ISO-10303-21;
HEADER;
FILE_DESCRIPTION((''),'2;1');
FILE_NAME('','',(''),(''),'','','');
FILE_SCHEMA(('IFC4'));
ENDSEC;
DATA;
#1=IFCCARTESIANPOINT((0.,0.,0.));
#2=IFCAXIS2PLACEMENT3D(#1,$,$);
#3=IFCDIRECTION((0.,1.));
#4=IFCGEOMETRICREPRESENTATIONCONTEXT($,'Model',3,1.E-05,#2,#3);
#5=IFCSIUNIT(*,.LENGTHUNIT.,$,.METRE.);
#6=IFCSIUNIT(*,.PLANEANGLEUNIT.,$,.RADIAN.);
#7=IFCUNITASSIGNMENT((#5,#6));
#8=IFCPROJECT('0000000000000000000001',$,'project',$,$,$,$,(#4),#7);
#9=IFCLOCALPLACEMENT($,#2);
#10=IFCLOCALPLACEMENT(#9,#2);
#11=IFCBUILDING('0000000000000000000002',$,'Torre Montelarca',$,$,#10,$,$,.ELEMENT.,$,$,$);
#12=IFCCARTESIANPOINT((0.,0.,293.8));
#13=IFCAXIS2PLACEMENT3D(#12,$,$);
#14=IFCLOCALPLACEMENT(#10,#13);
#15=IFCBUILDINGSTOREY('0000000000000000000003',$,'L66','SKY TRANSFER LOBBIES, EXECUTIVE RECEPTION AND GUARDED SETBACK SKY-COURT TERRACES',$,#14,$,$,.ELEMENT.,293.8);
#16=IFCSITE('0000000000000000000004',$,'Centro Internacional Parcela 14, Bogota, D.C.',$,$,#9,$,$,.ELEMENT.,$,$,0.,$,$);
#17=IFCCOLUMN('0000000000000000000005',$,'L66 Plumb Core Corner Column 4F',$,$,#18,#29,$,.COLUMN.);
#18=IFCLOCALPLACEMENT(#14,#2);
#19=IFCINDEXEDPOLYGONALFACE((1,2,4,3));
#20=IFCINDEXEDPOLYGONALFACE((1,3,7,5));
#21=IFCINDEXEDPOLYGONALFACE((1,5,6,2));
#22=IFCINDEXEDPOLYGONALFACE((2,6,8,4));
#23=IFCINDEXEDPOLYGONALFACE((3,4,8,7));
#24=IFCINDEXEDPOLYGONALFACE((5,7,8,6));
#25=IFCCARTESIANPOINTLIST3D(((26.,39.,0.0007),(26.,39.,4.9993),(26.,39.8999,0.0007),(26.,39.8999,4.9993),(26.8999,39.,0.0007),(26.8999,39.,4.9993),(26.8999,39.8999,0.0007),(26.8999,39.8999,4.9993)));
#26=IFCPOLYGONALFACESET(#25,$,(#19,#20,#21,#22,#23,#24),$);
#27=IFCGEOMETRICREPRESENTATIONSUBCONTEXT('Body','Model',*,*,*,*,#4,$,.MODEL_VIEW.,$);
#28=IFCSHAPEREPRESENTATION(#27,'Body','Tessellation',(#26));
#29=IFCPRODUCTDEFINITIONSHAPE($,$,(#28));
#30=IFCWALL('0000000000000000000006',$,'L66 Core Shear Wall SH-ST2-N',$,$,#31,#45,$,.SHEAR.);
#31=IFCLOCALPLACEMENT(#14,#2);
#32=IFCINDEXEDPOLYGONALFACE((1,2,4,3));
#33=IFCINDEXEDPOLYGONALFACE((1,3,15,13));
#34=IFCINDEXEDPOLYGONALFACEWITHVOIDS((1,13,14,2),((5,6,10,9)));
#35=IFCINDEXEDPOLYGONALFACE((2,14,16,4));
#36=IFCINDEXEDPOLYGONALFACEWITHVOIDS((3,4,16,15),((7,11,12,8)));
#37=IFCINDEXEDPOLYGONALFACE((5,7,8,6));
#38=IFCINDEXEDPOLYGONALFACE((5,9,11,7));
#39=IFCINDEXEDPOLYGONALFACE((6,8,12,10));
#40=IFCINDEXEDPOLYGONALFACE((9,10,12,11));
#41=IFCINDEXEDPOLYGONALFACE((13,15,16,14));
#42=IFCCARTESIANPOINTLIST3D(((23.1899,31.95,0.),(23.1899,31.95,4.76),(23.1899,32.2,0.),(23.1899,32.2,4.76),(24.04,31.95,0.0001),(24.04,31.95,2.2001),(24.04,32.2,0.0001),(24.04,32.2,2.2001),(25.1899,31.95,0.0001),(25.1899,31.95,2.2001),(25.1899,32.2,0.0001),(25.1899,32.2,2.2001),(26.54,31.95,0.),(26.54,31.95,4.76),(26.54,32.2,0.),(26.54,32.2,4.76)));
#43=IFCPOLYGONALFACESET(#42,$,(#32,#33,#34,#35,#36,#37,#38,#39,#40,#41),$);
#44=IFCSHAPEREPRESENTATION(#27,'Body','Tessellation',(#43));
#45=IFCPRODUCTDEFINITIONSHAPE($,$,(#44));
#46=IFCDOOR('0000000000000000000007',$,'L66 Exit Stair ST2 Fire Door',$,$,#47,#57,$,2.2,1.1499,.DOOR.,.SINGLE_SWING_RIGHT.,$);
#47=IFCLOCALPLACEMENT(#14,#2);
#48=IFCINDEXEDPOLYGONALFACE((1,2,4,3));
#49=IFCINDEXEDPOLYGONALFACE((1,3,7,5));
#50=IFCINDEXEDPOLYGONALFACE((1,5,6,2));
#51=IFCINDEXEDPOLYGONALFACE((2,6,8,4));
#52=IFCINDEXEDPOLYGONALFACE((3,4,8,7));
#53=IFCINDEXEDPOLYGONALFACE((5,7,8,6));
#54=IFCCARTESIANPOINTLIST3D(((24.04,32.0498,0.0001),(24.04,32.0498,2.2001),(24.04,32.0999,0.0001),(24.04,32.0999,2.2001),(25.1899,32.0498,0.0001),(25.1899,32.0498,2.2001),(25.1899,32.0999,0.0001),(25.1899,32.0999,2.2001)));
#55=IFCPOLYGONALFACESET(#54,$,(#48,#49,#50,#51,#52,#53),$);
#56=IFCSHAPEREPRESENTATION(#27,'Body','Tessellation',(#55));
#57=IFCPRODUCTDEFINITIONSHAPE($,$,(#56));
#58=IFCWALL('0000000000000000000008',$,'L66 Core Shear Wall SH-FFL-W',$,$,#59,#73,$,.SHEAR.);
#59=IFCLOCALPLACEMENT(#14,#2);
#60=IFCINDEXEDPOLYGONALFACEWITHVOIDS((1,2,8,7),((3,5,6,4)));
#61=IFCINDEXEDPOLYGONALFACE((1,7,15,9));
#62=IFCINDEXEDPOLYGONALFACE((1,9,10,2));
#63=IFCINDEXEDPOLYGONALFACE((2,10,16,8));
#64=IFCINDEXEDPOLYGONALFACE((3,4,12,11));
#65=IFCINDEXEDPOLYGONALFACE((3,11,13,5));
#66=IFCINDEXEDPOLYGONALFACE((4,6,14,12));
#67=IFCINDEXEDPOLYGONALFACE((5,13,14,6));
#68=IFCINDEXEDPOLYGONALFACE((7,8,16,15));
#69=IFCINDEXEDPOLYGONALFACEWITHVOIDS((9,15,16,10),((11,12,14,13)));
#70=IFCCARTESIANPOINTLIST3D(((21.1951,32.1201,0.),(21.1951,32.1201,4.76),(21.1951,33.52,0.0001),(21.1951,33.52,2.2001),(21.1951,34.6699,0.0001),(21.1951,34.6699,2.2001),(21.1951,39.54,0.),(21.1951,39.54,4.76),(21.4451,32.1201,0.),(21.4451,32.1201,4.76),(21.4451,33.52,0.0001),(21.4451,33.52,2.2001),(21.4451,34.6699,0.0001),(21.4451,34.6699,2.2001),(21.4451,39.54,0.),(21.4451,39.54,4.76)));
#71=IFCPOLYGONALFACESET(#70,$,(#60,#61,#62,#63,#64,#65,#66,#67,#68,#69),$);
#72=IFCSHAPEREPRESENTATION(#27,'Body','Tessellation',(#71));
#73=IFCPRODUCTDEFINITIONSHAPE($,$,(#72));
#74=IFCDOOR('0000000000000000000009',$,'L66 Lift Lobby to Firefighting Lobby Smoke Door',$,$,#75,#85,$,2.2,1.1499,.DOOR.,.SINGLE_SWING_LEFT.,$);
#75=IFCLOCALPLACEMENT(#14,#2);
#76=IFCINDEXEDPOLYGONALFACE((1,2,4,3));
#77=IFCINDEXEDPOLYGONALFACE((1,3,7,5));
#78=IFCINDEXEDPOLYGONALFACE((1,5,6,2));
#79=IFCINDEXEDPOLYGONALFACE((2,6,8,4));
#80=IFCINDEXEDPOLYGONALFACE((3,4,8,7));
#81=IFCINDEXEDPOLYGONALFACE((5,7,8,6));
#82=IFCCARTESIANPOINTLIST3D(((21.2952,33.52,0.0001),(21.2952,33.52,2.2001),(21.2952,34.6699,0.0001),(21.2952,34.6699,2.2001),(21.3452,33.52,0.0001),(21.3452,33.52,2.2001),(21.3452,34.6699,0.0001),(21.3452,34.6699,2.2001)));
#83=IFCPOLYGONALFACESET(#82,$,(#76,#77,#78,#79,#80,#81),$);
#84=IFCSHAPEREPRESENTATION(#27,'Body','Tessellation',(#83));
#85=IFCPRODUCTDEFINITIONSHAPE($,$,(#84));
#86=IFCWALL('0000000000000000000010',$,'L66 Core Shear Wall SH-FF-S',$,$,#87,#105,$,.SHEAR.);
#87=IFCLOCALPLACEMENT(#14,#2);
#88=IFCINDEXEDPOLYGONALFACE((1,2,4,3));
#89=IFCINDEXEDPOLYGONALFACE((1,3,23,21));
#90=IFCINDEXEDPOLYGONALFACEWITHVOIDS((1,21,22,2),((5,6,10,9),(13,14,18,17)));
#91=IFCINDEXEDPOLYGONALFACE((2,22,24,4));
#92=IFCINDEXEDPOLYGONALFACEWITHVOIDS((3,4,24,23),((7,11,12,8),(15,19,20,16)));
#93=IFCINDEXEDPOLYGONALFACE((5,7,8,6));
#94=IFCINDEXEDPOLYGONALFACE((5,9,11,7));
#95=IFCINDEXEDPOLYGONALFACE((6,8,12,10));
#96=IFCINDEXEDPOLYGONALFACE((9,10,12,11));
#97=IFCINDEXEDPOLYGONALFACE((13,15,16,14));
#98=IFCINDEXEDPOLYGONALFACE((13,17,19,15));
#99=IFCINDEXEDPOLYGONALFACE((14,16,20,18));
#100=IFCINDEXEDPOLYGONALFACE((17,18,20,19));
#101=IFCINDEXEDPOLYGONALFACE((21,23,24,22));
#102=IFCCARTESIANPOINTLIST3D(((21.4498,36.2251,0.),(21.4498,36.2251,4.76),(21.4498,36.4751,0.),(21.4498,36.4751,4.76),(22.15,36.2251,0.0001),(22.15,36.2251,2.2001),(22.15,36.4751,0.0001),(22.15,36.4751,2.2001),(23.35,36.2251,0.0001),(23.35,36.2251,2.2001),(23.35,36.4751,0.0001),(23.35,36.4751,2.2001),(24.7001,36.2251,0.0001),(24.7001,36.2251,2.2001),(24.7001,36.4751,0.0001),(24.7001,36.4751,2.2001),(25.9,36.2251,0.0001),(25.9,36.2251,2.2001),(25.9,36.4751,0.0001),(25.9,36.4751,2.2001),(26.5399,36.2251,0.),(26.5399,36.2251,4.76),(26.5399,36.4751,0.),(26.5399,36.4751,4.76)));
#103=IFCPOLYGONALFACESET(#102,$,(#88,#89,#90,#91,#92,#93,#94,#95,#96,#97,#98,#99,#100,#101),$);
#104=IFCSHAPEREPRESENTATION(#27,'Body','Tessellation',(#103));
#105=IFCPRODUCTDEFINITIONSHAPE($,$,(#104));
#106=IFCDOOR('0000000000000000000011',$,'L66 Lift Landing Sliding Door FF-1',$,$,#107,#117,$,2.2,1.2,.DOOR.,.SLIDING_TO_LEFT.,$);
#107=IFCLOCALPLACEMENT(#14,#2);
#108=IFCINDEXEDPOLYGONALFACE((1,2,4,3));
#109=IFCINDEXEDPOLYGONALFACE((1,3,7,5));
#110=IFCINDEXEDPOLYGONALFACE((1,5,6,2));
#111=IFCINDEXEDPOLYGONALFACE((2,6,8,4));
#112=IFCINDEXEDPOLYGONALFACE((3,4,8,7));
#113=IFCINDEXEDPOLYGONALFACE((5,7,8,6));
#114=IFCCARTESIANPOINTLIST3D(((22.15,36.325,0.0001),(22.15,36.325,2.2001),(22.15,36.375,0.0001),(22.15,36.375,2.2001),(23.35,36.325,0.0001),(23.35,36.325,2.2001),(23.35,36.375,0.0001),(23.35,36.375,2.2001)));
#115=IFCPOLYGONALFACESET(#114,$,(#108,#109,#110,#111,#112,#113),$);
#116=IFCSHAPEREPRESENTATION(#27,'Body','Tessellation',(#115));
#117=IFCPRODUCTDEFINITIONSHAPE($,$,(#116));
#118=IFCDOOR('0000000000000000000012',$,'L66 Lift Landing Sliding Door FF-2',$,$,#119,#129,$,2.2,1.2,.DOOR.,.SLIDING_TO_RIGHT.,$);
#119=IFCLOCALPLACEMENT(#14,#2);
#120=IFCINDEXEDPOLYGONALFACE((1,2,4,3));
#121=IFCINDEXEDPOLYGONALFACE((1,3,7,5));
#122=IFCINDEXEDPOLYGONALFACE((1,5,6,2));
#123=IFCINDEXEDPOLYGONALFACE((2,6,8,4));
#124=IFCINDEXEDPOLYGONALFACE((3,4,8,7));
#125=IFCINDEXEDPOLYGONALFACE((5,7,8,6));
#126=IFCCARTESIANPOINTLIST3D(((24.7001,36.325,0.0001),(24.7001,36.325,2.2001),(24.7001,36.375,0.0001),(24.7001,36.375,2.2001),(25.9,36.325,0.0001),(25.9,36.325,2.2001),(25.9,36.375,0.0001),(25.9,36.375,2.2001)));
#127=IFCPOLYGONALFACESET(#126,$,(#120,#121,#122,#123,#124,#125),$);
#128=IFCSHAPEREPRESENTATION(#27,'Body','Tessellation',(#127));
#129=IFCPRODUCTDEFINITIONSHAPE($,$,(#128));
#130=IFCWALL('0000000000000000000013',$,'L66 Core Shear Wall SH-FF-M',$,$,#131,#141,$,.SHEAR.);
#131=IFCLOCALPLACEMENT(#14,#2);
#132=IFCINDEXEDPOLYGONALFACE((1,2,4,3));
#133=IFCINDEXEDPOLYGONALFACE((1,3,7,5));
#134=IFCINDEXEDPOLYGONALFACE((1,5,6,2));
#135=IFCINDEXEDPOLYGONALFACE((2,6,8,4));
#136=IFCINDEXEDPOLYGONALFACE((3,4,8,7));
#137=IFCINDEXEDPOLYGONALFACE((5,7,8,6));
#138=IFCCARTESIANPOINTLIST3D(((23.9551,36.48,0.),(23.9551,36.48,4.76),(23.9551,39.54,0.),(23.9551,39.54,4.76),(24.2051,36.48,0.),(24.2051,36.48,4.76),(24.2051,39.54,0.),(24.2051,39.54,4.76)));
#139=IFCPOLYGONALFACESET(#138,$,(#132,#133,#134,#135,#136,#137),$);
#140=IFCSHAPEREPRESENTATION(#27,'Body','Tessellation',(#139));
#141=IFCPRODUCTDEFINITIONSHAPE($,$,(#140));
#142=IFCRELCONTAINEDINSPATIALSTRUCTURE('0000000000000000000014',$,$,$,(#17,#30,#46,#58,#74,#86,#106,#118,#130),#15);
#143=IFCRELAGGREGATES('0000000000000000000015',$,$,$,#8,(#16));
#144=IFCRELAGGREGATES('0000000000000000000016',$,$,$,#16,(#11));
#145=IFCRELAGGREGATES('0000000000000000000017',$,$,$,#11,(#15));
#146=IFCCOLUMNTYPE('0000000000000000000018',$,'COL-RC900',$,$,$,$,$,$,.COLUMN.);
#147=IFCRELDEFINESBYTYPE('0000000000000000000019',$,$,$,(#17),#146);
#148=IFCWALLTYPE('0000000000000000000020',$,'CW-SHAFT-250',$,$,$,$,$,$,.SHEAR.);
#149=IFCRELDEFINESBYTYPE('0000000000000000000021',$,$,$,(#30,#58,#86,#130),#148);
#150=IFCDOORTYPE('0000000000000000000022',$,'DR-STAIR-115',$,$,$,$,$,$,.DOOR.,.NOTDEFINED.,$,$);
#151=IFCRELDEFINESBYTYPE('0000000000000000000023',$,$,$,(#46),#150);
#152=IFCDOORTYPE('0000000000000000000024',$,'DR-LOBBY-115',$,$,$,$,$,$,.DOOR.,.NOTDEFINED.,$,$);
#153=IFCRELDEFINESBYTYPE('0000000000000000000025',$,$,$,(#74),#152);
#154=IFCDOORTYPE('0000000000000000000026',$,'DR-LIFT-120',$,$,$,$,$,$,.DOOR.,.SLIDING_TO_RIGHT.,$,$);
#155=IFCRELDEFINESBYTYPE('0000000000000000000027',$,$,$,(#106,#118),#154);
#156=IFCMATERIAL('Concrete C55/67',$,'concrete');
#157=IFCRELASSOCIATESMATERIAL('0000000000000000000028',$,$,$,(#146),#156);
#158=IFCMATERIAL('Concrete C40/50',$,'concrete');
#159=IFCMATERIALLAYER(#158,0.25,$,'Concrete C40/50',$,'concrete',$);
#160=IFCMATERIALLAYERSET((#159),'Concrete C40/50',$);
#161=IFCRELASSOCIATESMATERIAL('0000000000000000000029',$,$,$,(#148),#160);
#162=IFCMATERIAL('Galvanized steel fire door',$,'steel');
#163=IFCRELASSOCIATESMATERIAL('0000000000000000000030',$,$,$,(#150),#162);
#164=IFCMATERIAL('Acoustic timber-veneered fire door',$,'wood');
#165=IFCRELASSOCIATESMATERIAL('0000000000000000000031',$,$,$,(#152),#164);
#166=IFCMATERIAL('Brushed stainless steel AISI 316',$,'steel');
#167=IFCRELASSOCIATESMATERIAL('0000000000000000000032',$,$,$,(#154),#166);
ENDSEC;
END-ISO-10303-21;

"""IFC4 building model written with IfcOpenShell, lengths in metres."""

from ifc_helpers import new_model, si_unit, direction, frame, frame_2d, origin, origin_2d, place, context, subcontext, project, spatial, rectangle, extrude, source, transform, mapped, material, layer, layer_set, material_profile, profile_set, type_object, element, fill, save


model = new_model("IFC4")

# Units and contexts
model_context = context("Model", 3, precision=1e-05, world=origin(), true_north=direction((0.0, 1.0)))
body_context = subcontext(model_context, "Body", "Model", "MODEL_VIEW")
ifc_project = project(units=[si_unit("LENGTHUNIT", "METRE"), si_unit("PLANEANGLEUNIT", "RADIAN")], contexts=[model_context])

# Site, building, storey
site_placement = place(None, origin())
site = spatial("IfcSite", under=ifc_project, at=site_placement, Name="Centro Internacional Parcela 14, Bogota, D.C.", CompositionType="ELEMENT", RefElevation=0.0)
building_placement = place(site_placement, origin())
building = spatial("IfcBuilding", under=site, at=building_placement, Name="Torre Montelarca", CompositionType="ELEMENT")
storey_placement = place(building_placement, frame((0.0, 0.0, 293.8)))
storey = spatial("IfcBuildingStorey", under=building, at=storey_placement, Name="L66", Description="SKY TRANSFER LOBBIES, EXECUTIVE RECEPTION AND GUARDED SETBACK SKY-COURT TERRACES", CompositionType="ELEMENT", Elevation=293.8)

# Column
ifc_material_1 = material(Name="Concrete C55/67", Category="concrete")
ifc_material_profile = material_profile(ifc_material_1, rectangle(XDim=0.8999, YDim=0.8999, at=origin_2d()), Name="RC900X900", Category="concrete")
ifc_profile_set = profile_set([ifc_material_profile], Name="Concrete C55/67")
column_type = type_object("IfcColumnType", Name="COL-RC900", PredefinedType="COLUMN", material=ifc_profile_set)
shared_shape_1 = source(origin(), body_context, "Body", "SweptSolid", [
    extrude(rectangle(XDim=0.8999, YDim=0.8999, at=origin_2d()), origin(), (0.0, 0.0, 1.0), 4.9985),
])
column_placement = place(storey_placement, frame((26.45, 39.45, 0.0007), z_axis=(0.0, 0.0, 1.0), x_axis=(1.0, 0.0, 0.0)))
element("IfcColumn", 1, at=column_placement, inside=storey, type_object=column_type, Name="L66 Plumb Core Corner Column 4F", PredefinedType="COLUMN", context=body_context, shape_type="MappedRepresentation", body=[
    mapped(shared_shape_1, transform((0.0, 0.0, 0.0), scale=1.0)),
])

# Walls, openings, doors
ifc_material_2 = material(Name="Concrete C40/50", Category="concrete")
ifc_layer_1 = layer(ifc_material_2, 0.25, Name="Concrete C40/50", Category="concrete")
ifc_layer_set_1 = layer_set([ifc_layer_1], Name="Concrete C40/50")
wall_type_1 = type_object("IfcWallType", Name="CW-SHAFT-250", PredefinedType="SHEAR", material=ifc_layer_set_1)
wall_1_placement = place(storey_placement, frame((23.1899, 32.075, 0.0), z_axis=(0.0, 0.0, 1.0), x_axis=(1.0, 0.0, 0.0)))
wall_1 = element("IfcWall", 2, at=wall_1_placement, inside=storey, type_object=wall_type_1, Name="L66 Core Shear Wall SH-ST2-N", PredefinedType="SHEAR", context=body_context, shape_type="SweptSolid", body=[
    extrude(rectangle(XDim=3.3501, YDim=0.25, at=frame_2d((1.675, 0.0))), origin(), (0.0, 0.0, 1.0), 4.76),
])
opening_1_placement = place(wall_1_placement, frame((0.8501, 0.0, 0.0)))
opening_1 = element("IfcOpeningElement", 3, at=opening_1_placement, cuts=wall_1, PredefinedType="OPENING", context=body_context, shape_type="SweptSolid", body=[
    extrude(rectangle(XDim=1.1499, YDim=2.2, at=frame_2d((0.575, 1.1001))), frame((0.0, 0.135, 0.0), z_axis=(0.0, -1.0, 0.0), x_axis=(1.0, 0.0, 0.0)), (0.0, 0.0, 1.0), 0.27),
])
ifc_material_3 = material(Name="Galvanized steel fire door", Category="steel")
door_type_1 = type_object("IfcDoorType", Name="DR-STAIR-115", OperationType="NOTDEFINED", PredefinedType="DOOR", material=ifc_material_3)
shared_shape_2 = source(origin(), body_context, "Body", "SweptSolid", [
    extrude(rectangle(XDim=1.1499, YDim=2.2, at=frame_2d((0.575, 1.1001))), frame((0.0, 0.0249, 0.0), z_axis=(0.0, -1.0, 0.0), x_axis=(1.0, 0.0, 0.0)), (0.0, 0.0, 1.0), 0.05),
])
door_1_placement = place(opening_1_placement, origin())
door_1 = element("IfcDoor", 4, at=door_1_placement, inside=storey, type_object=door_type_1, Name="L66 Exit Stair ST2 Fire Door", OperationType="SINGLE_SWING_RIGHT", OverallHeight=2.2, OverallWidth=1.1499, PredefinedType="DOOR", context=body_context, shape_type="MappedRepresentation", body=[
    mapped(shared_shape_2, transform((0.0, 0.0, 0.0), scale=1.0)),
])
fill(opening_1, door_1)
wall_2_placement = place(storey_placement, frame((21.3201, 32.1201, 0.0), z_axis=(0.0, 0.0, 1.0), x_axis=(0.0, 1.0, 0.0)))
wall_2 = element("IfcWall", 5, at=wall_2_placement, inside=storey, type_object=wall_type_1, Name="L66 Core Shear Wall SH-FFL-W", PredefinedType="SHEAR", context=body_context, shape_type="SweptSolid", body=[
    extrude(rectangle(XDim=7.4199, YDim=0.25, at=frame_2d((3.71, 0.0))), origin(), (0.0, 0.0, 1.0), 4.76),
])
opening_2_placement = place(wall_2_placement, frame((1.3999, 0.0, 0.0)))
opening_2 = element("IfcOpeningElement", 6, at=opening_2_placement, cuts=wall_2, PredefinedType="OPENING", context=body_context, shape_type="SweptSolid", body=[
    extrude(rectangle(XDim=1.1499, YDim=2.2, at=frame_2d((0.575, 1.1001))), frame((0.0, 0.135, 0.0), z_axis=(0.0, -1.0, 0.0), x_axis=(1.0, 0.0, 0.0)), (0.0, 0.0, 1.0), 0.27),
])
ifc_material_4 = material(Name="Acoustic timber-veneered fire door", Category="wood")
door_type_2 = type_object("IfcDoorType", Name="DR-LOBBY-115", OperationType="NOTDEFINED", PredefinedType="DOOR", material=ifc_material_4)
shared_shape_3 = source(origin(), body_context, "Body", "SweptSolid", [
    extrude(rectangle(XDim=1.1499, YDim=2.2, at=frame_2d((0.575, 1.1001))), frame((0.0, 0.0249, 0.0), z_axis=(0.0, -1.0, 0.0), x_axis=(1.0, 0.0, 0.0)), (0.0, 0.0, 1.0), 0.05),
])
door_2_placement = place(opening_2_placement, origin())
door_2 = element("IfcDoor", 7, at=door_2_placement, inside=storey, type_object=door_type_2, Name="L66 Lift Lobby to Firefighting Lobby Smoke Door", OperationType="SINGLE_SWING_LEFT", OverallHeight=2.2, OverallWidth=1.1499, PredefinedType="DOOR", context=body_context, shape_type="MappedRepresentation", body=[
    mapped(shared_shape_3, transform((0.0, 0.0, 0.0), scale=1.0)),
])
fill(opening_2, door_2)

# Wall, openings, doors
wall_3_placement = place(storey_placement, frame((21.45, 36.3501, 0.0), z_axis=(0.0, 0.0, 1.0), x_axis=(1.0, 0.0, 0.0)))
wall_3 = element("IfcWall", 8, at=wall_3_placement, inside=storey, type_object=wall_type_1, Name="L66 Core Shear Wall SH-FF-S", PredefinedType="SHEAR", context=body_context, shape_type="SweptSolid", body=[
    extrude(rectangle(XDim=5.0901, YDim=0.25, at=frame_2d((2.5449, 0.0))), origin(), (0.0, 0.0, 1.0), 4.76),
])
opening_3_placement = place(wall_3_placement, frame((0.7, 0.0, 0.0)))
opening_3 = element("IfcOpeningElement", 9, at=opening_3_placement, cuts=wall_3, PredefinedType="OPENING", context=body_context, shape_type="SweptSolid", body=[
    extrude(rectangle(XDim=1.2, YDim=2.2, at=frame_2d((0.6001, 1.1001))), frame((0.0, 0.135, 0.0), z_axis=(0.0, -1.0, 0.0), x_axis=(1.0, 0.0, 0.0)), (0.0, 0.0, 1.0), 0.27),
])
opening_4_placement = place(wall_3_placement, frame((3.25, 0.0, 0.0)))
opening_4 = element("IfcOpeningElement", 10, at=opening_4_placement, cuts=wall_3, PredefinedType="OPENING", context=body_context, shape_type="SweptSolid", body=[
    extrude(rectangle(XDim=1.2, YDim=2.2, at=frame_2d((0.6001, 1.1001))), frame((0.0, 0.135, 0.0), z_axis=(0.0, -1.0, 0.0), x_axis=(1.0, 0.0, 0.0)), (0.0, 0.0, 1.0), 0.27),
])
ifc_material_5 = material(Name="Brushed stainless steel AISI 316", Category="steel")
door_type_3 = type_object("IfcDoorType", Name="DR-LIFT-120", OperationType="SLIDING_TO_RIGHT", PredefinedType="DOOR", material=ifc_material_5)
shared_shape_4 = source(origin(), body_context, "Body", "SweptSolid", [
    extrude(rectangle(XDim=1.2, YDim=2.2, at=frame_2d((0.6001, 1.1001))), frame((0.0, 0.0249, 0.0), z_axis=(0.0, -1.0, 0.0), x_axis=(1.0, 0.0, 0.0)), (0.0, 0.0, 1.0), 0.05),
])
door_3_placement = place(opening_3_placement, origin())
door_3 = element("IfcDoor", 11, at=door_3_placement, inside=storey, type_object=door_type_3, Name="L66 Lift Landing Sliding Door FF-1", OperationType="SLIDING_TO_LEFT", OverallHeight=2.2, OverallWidth=1.2, PredefinedType="DOOR", context=body_context, shape_type="MappedRepresentation", body=[
    mapped(shared_shape_4, transform((0.0, 0.0, 0.0), scale=1.0)),
])
fill(opening_3, door_3)
door_4_placement = place(opening_4_placement, origin())
door_4 = element("IfcDoor", 12, at=door_4_placement, inside=storey, type_object=door_type_3, Name="L66 Lift Landing Sliding Door FF-2", OperationType="SLIDING_TO_RIGHT", OverallHeight=2.2, OverallWidth=1.2, PredefinedType="DOOR", context=body_context, shape_type="MappedRepresentation", body=[
    mapped(shared_shape_4, transform((0.0, 0.0, 0.0), scale=1.0)),
])
fill(opening_4, door_4)

# Wall
wall_4_placement = place(storey_placement, frame((24.0801, 36.48, 0.0), z_axis=(0.0, 0.0, 1.0), x_axis=(0.0, 1.0, 0.0)))
element("IfcWall", 13, at=wall_4_placement, inside=storey, type_object=wall_type_1, Name="L66 Core Shear Wall SH-FF-M", PredefinedType="SHEAR", context=body_context, shape_type="SweptSolid", body=[
    extrude(rectangle(XDim=3.0601, YDim=0.25, at=frame_2d((1.53, 0.0))), origin(), (0.0, 0.0, 1.0), 4.76),
])

save(model, "model.ifc")
